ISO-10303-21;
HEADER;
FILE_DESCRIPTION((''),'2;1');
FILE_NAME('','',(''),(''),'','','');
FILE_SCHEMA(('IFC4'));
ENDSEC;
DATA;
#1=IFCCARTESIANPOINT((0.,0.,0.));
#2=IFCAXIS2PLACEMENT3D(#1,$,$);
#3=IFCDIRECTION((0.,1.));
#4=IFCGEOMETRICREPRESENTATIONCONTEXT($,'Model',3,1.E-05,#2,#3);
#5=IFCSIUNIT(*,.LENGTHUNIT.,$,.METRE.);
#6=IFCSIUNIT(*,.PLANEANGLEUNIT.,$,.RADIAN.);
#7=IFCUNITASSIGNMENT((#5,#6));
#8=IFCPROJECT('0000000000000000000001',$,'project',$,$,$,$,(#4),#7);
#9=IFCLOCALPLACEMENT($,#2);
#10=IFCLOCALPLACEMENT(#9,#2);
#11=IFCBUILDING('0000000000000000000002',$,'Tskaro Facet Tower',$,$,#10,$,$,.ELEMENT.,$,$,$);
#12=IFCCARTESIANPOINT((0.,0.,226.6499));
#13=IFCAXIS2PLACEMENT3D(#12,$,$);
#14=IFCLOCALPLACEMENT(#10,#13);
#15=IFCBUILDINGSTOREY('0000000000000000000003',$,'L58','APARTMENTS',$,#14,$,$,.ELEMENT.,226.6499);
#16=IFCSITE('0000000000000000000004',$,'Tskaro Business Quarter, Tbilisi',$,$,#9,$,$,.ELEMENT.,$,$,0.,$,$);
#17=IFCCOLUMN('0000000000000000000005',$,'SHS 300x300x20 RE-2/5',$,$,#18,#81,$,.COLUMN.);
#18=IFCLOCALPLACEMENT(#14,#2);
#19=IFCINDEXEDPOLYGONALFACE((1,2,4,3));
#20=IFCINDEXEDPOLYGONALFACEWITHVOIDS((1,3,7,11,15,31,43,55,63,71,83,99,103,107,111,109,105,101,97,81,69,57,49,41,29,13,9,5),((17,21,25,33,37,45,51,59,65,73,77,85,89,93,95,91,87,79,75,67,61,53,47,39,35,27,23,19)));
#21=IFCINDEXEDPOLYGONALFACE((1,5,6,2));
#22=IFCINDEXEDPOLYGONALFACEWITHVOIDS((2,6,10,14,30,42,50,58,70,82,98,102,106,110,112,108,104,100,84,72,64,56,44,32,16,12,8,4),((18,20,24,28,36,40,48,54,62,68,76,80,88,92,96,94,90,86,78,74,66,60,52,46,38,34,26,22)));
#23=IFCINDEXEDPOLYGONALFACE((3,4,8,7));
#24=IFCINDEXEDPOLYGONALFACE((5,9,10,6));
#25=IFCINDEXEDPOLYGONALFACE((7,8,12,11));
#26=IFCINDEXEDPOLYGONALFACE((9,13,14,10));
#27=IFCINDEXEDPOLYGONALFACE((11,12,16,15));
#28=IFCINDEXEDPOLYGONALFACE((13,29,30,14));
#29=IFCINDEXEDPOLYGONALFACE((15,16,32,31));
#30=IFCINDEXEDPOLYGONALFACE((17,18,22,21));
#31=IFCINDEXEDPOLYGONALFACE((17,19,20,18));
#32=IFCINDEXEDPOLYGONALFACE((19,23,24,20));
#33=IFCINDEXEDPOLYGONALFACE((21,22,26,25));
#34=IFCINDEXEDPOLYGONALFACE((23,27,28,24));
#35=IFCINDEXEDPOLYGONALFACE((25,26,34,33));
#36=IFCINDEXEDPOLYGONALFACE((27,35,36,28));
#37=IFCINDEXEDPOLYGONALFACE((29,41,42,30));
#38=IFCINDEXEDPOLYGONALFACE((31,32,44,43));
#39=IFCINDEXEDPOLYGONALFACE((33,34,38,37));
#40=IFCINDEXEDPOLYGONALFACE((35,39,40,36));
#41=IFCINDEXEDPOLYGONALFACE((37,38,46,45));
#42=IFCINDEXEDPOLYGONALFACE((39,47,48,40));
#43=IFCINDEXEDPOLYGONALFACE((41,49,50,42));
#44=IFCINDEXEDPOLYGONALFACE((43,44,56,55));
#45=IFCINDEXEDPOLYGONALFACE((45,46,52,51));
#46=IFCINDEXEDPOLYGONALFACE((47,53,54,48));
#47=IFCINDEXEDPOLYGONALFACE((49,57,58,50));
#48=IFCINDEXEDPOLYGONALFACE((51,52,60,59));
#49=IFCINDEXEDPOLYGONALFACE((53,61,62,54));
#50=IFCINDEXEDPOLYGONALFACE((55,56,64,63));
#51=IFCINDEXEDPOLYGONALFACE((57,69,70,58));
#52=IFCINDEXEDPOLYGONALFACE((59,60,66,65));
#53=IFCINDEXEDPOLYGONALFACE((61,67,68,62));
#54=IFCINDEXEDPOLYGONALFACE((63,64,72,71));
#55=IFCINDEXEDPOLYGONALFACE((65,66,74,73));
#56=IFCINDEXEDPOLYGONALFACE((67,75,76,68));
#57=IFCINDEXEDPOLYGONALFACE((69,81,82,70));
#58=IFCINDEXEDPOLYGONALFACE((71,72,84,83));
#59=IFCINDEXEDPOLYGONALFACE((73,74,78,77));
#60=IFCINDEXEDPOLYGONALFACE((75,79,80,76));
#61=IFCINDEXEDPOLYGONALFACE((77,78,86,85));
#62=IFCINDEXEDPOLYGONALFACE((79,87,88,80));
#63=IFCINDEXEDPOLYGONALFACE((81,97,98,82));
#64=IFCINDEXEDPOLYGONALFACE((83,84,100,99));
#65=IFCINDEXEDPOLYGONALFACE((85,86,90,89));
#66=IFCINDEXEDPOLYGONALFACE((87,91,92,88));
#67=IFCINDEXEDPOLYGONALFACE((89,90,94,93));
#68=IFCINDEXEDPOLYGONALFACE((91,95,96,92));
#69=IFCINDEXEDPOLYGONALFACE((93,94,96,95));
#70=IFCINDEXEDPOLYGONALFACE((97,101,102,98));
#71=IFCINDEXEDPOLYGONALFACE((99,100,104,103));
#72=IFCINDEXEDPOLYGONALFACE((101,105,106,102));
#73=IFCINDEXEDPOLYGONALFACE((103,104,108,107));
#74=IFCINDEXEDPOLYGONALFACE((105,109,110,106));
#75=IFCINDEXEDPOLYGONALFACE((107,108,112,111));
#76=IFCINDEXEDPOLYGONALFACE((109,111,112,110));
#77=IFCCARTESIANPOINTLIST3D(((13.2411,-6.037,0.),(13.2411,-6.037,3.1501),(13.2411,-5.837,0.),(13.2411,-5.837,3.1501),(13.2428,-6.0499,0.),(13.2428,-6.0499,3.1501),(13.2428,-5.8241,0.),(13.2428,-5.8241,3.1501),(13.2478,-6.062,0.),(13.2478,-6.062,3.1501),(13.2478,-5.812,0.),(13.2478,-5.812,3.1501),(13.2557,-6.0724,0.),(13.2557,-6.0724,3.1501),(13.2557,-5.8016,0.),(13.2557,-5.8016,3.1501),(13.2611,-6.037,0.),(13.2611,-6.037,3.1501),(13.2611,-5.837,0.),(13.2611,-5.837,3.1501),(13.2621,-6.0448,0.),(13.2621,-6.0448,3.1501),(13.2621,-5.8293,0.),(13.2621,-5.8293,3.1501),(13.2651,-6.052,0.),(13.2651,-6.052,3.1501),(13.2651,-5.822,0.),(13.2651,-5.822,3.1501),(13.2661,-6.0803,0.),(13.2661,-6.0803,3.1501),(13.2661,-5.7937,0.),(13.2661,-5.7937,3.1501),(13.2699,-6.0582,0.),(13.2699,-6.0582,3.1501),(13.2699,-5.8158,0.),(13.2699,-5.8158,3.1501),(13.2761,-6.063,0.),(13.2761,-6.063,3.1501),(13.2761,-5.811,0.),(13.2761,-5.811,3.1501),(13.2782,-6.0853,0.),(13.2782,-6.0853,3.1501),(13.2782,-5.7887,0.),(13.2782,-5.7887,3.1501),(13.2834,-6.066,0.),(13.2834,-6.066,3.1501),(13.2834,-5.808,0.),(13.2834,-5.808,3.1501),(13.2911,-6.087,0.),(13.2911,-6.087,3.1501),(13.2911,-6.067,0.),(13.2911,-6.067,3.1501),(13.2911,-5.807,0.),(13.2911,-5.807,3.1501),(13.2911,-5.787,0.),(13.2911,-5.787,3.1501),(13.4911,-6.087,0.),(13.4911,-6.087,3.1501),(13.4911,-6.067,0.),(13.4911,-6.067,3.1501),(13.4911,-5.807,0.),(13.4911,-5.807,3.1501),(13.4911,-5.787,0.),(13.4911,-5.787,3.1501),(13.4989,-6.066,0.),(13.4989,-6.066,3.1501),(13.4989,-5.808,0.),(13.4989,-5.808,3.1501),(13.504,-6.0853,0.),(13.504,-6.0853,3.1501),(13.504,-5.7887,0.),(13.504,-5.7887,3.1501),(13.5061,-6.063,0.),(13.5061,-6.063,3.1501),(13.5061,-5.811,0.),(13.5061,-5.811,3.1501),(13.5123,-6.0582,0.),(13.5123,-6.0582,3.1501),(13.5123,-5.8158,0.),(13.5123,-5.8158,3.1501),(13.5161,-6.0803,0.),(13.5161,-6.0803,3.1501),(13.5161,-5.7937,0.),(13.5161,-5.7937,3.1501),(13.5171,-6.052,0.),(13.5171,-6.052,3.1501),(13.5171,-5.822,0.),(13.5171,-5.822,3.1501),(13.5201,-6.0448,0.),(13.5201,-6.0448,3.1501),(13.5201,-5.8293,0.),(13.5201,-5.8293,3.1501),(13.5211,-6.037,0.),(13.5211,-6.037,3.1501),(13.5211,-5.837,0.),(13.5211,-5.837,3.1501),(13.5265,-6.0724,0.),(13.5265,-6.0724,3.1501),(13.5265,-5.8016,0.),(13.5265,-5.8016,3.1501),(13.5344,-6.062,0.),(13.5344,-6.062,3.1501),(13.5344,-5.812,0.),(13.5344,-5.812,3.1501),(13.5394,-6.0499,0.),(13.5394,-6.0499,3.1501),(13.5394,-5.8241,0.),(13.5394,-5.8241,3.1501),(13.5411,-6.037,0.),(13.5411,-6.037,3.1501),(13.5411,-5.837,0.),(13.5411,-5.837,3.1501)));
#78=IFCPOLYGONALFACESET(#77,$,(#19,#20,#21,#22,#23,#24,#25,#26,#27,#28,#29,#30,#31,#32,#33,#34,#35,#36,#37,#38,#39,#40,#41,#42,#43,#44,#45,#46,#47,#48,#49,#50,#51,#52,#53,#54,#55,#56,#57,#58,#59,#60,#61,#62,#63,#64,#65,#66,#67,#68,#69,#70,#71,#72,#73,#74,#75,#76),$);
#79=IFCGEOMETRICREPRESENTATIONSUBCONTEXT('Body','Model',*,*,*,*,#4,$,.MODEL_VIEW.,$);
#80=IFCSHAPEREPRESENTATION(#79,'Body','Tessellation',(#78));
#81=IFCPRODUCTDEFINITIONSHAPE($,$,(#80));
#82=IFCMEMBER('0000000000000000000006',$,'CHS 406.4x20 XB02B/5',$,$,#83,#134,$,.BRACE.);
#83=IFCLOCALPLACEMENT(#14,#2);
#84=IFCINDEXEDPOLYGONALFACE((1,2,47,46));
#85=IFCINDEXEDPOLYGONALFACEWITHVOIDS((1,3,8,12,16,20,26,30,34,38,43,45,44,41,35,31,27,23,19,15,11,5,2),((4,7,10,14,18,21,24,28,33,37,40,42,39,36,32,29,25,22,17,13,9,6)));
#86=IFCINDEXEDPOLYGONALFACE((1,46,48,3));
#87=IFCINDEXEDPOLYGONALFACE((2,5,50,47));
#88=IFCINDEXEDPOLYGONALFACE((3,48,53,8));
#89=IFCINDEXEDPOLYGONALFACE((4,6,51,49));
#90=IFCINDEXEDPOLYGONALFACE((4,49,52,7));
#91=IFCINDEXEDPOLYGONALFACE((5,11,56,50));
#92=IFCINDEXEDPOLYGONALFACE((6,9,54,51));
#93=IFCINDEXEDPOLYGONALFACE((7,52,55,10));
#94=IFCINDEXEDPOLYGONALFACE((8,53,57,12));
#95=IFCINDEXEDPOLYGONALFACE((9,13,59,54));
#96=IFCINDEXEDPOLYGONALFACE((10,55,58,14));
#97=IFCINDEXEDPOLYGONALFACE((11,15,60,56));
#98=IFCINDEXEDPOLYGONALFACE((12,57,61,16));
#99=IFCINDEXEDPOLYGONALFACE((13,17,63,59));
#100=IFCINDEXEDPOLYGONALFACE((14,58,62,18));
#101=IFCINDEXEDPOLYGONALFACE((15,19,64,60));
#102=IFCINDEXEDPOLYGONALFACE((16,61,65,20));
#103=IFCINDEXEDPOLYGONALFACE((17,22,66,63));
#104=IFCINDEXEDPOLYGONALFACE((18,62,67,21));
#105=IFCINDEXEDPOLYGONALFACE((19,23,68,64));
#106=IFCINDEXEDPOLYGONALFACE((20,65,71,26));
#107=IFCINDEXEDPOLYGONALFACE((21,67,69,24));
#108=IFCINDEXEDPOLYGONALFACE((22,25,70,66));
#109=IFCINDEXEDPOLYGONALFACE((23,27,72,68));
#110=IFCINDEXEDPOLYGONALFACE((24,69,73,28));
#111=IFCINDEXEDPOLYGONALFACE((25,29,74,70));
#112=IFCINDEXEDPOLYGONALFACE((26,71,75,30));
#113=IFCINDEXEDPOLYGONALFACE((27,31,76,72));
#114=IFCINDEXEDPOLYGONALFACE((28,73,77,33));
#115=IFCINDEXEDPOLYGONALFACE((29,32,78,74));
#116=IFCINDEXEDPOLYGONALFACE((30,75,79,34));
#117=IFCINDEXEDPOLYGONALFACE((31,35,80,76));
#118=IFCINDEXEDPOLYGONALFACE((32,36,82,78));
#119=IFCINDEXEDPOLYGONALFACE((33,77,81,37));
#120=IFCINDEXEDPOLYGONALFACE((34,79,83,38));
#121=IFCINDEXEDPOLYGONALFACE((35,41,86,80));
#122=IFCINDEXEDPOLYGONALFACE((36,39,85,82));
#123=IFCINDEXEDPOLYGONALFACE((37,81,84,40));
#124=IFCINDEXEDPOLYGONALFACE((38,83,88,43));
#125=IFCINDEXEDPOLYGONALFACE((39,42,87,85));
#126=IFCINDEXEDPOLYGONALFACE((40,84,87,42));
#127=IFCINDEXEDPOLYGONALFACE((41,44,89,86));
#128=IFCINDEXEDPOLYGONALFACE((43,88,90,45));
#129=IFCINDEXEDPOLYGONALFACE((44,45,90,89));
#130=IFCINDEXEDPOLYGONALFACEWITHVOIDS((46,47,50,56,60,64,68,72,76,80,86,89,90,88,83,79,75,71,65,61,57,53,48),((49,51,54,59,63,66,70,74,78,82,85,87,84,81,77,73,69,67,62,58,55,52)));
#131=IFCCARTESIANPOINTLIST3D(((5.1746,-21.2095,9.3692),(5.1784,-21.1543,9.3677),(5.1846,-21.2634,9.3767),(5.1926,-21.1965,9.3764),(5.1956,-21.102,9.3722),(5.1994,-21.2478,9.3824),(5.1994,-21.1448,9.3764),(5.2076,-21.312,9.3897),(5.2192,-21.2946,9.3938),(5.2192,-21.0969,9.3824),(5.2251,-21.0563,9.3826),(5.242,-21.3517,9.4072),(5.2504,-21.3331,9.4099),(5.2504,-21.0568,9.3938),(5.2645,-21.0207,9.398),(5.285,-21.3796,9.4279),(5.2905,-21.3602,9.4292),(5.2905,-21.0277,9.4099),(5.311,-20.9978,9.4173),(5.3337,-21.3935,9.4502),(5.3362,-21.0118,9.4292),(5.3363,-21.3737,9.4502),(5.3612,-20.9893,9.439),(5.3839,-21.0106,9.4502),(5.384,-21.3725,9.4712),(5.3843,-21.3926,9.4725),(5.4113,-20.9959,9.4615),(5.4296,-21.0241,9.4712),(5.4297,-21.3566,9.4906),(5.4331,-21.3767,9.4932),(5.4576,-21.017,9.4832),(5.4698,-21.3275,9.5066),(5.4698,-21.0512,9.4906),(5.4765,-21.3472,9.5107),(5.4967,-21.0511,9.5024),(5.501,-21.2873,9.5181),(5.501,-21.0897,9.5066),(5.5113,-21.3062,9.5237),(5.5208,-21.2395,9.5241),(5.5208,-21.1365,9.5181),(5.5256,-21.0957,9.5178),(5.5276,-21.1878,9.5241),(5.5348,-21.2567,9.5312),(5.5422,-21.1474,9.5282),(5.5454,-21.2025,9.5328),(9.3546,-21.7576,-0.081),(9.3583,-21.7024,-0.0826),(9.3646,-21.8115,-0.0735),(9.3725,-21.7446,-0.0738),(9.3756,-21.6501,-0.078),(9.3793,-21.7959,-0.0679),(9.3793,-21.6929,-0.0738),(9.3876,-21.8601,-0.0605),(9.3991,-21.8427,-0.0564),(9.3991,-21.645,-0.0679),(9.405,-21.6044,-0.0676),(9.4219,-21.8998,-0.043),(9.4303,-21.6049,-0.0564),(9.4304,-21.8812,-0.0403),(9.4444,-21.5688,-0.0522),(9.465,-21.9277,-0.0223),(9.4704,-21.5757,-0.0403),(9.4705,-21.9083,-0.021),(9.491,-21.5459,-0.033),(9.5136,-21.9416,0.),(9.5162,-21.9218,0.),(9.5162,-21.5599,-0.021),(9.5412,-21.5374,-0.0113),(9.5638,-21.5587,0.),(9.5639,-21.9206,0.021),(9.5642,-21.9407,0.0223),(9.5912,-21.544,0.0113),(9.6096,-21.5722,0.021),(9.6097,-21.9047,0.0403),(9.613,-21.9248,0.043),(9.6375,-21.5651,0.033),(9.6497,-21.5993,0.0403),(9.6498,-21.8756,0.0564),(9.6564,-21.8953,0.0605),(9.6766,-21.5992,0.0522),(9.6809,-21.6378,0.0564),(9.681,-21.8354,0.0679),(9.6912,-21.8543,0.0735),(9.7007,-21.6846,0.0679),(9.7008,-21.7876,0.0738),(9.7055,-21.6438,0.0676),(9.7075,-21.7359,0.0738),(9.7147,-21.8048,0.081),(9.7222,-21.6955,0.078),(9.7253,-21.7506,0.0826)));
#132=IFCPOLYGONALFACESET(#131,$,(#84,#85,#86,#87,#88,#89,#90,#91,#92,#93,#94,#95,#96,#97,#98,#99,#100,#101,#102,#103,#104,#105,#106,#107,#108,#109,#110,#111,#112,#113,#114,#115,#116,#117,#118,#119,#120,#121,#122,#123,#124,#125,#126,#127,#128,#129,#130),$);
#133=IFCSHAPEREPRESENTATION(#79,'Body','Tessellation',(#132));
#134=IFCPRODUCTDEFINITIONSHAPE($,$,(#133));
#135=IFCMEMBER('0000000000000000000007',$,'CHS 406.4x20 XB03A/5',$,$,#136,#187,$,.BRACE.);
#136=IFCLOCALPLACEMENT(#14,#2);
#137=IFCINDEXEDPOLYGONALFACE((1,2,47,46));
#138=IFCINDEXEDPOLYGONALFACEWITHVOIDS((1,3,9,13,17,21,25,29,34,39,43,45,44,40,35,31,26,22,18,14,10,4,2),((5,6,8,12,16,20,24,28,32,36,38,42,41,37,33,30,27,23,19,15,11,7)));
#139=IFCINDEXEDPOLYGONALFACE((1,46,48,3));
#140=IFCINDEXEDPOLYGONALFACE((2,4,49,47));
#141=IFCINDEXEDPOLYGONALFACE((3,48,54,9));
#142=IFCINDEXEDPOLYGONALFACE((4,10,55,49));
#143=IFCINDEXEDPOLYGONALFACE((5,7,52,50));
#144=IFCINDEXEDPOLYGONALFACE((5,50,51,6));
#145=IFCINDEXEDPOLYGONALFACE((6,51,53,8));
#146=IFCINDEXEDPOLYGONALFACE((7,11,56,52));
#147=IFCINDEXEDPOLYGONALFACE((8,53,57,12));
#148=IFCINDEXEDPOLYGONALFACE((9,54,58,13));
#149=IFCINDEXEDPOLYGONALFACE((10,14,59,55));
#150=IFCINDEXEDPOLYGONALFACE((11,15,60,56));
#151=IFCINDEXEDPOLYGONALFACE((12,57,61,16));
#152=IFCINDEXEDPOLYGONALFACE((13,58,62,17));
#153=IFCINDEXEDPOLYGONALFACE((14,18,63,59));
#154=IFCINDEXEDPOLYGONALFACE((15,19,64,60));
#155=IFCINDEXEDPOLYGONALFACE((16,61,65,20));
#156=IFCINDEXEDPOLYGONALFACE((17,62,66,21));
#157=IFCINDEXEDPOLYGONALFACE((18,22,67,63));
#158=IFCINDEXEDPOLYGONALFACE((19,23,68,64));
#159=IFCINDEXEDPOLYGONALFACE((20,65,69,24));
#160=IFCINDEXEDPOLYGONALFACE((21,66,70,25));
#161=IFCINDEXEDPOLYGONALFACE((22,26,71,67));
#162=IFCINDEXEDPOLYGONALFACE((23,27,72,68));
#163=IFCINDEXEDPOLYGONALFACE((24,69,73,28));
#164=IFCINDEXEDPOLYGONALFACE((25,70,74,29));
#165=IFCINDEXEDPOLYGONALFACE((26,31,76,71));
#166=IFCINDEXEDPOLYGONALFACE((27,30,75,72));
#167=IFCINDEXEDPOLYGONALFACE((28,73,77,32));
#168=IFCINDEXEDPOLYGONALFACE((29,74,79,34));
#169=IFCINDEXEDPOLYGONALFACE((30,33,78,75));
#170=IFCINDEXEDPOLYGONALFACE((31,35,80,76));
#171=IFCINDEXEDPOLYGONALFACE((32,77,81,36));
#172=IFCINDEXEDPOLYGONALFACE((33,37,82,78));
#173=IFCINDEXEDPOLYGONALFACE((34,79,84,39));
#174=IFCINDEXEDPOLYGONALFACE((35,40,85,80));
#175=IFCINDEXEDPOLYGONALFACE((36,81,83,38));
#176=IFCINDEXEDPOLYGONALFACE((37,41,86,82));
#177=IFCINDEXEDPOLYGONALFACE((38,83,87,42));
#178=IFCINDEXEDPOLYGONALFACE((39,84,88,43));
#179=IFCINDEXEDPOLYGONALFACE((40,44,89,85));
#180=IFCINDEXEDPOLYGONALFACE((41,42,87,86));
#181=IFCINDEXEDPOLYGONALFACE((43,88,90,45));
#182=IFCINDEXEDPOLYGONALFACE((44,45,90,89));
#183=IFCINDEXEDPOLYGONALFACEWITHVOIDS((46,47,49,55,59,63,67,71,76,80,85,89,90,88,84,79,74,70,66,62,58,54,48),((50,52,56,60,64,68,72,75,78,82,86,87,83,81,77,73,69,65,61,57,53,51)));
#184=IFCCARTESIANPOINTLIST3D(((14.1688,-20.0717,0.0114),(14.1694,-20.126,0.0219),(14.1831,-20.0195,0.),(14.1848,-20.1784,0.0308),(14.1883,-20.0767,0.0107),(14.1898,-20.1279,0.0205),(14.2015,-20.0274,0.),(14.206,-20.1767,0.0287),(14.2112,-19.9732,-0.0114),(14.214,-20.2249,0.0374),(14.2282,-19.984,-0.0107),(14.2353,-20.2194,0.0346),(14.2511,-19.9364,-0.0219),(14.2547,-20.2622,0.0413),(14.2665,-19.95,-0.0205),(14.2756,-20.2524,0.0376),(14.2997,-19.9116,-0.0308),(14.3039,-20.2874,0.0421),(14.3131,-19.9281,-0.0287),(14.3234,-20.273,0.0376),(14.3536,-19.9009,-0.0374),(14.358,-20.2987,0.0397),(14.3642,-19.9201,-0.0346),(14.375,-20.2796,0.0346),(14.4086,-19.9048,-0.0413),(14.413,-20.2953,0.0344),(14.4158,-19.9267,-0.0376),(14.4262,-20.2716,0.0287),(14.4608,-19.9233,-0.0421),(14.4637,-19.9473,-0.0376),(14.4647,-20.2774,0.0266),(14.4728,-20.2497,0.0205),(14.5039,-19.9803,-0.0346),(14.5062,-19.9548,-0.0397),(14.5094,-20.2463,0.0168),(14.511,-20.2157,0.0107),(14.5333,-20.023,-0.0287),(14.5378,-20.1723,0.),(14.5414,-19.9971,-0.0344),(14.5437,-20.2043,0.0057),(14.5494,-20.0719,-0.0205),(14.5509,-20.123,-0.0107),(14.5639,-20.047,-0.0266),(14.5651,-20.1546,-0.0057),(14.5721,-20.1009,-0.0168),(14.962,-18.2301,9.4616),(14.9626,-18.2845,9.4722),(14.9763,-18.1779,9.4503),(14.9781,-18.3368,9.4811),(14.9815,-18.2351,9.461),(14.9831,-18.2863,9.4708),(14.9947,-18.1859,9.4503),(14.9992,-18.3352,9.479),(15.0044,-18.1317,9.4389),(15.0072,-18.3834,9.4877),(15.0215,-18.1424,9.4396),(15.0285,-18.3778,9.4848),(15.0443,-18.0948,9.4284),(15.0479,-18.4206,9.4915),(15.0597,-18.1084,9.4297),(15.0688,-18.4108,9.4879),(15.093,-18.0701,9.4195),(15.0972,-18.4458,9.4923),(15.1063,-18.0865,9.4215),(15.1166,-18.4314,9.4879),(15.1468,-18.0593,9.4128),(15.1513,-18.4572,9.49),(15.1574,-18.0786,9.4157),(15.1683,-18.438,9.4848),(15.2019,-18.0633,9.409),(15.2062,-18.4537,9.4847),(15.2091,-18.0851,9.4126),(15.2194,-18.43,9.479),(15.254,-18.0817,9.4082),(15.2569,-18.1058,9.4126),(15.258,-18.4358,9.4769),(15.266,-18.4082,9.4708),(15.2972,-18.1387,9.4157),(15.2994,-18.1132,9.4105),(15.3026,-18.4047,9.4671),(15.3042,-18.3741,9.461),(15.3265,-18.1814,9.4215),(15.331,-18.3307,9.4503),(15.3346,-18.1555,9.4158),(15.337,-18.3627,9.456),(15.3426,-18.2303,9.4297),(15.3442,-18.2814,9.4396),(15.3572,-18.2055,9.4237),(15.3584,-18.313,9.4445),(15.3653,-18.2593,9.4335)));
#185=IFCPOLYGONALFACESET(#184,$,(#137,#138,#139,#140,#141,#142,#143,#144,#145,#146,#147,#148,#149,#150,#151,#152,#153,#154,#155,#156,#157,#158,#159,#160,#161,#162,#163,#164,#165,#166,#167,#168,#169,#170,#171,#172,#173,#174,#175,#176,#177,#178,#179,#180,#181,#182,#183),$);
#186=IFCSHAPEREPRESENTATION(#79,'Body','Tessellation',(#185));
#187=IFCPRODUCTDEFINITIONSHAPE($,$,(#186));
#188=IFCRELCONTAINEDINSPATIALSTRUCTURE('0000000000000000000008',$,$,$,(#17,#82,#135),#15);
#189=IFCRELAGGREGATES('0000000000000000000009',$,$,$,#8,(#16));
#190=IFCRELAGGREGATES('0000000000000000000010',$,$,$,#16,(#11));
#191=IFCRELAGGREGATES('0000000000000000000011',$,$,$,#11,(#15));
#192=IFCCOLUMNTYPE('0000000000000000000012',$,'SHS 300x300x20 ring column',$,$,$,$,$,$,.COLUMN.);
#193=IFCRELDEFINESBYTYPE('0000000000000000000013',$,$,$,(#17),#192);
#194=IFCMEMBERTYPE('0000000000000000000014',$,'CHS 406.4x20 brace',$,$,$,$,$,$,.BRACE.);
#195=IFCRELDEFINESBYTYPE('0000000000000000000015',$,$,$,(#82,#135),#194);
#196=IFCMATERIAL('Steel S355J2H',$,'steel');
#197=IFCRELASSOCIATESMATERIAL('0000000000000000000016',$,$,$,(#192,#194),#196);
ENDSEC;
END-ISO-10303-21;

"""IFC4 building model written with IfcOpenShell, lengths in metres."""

from ifc_helpers import new_model, si_unit, direction, frame, origin, origin_2d, place, context, subcontext, project, spatial, hollow_rectangle, hollow_circle, extrude, material, material_profile, profile_set, type_object, element, save


model = new_model("IFC4")

# Units and contexts
model_context = context("Model", 3, precision=1e-05, world=origin(), true_north=direction((0.0, 1.0)))
body_context = subcontext(model_context, "Body", "Model", "MODEL_VIEW")
ifc_project = project(units=[si_unit("LENGTHUNIT", "METRE"), si_unit("PLANEANGLEUNIT", "RADIAN")], contexts=[model_context])

# Site, building, storey
site_placement = place(None, origin())
site = spatial("IfcSite", under=ifc_project, at=site_placement, Name="Tskaro Business Quarter, Tbilisi", CompositionType="ELEMENT", RefElevation=0.0)
building_placement = place(site_placement, origin())
building = spatial("IfcBuilding", under=site, at=building_placement, Name="Tskaro Facet Tower", CompositionType="ELEMENT")
storey_placement = place(building_placement, frame((0.0, 0.0, 226.6499)))
storey = spatial("IfcBuildingStorey", under=building, at=storey_placement, Name="L58", Description="APARTMENTS", CompositionType="ELEMENT", Elevation=226.6499)

# Column
ifc_material_1 = material(Name="Steel S355J2H", Category="steel")
ifc_material_profile_1 = material_profile(ifc_material_1, hollow_rectangle(XDim=0.3, YDim=0.3, WallThickness=0.02, InnerFilletRadius=0.03, OuterFilletRadius=0.05, at=origin_2d()), Name="SHS 300x300x20")
ifc_profile_set_1 = profile_set([ifc_material_profile_1], Name="Steel S355J2H")
column_type_1 = type_object("IfcColumnType", Name="SHS 300x300x20 ring column", PredefinedType="COLUMN", material=ifc_profile_set_1)
for number, where, z_axis, x_axis, name in (
    (1, (13.3911, -5.937, 0.0), (0.0, 0.0, 1.0), (1.0, 0.0, 0.0), "SHS 300x300x20 RE-2/5"),
):
    element("IfcColumn", number, at=place(storey_placement, frame(where, z_axis=z_axis, x_axis=x_axis)), inside=storey, type_object=column_type_1, Name=name, PredefinedType="COLUMN", context=body_context, shape_type="SweptSolid", body=[
        extrude(hollow_rectangle(XDim=0.3, YDim=0.3, WallThickness=0.02, InnerFilletRadius=0.03, OuterFilletRadius=0.05, at=origin_2d()), origin(), (0.0, 0.0, 1.0), 3.1501),
    ])

# Members
ifc_material_profile_2 = material_profile(ifc_material_1, hollow_circle(Radius=0.2031, WallThickness=0.02, at=origin_2d()), Name="CHS 406.4x20")
ifc_profile_set_2 = profile_set([ifc_material_profile_2], Name="Steel S355J2H")
member_type_1 = type_object("IfcMemberType", Name="CHS 406.4x20 brace", PredefinedType="BRACE", material=ifc_profile_set_2)
member_1_placement = place(storey_placement, frame((9.54, -21.7402, 0.0), z_axis=(-0.403941, 0.052967, 0.91325), x_axis=(-0.130013, -0.991512, 0.0)))
element("IfcMember", 2, at=member_1_placement, inside=storey, type_object=member_type_1, Name="CHS 406.4x20 XB02B/5", PredefinedType="BRACE", context=body_context, shape_type="SweptSolid", body=[
    extrude(hollow_circle(Radius=0.2031, WallThickness=0.02, at=origin_2d()), origin(), (0.0, 0.0, 1.0), 10.3479),
])
for number, where, z_axis, x_axis, name in (
    (3, (14.3696, -20.0999, 0.0), (0.082108, 0.190626, 0.978223), (-0.918426, 0.395594, 0.0), "CHS 406.4x20 XB03A/5"),
):
    element("IfcMember", number, at=place(storey_placement, frame(where, z_axis=z_axis, x_axis=x_axis)), inside=storey, type_object=member_type_1, Name=name, PredefinedType="BRACE", context=body_context, shape_type="SweptSolid", body=[
        extrude(hollow_circle(Radius=0.2031, WallThickness=0.02, at=origin_2d()), origin(), (0.0, 0.0, 1.0), 9.6606),
    ])

save(model, "model.ifc")
